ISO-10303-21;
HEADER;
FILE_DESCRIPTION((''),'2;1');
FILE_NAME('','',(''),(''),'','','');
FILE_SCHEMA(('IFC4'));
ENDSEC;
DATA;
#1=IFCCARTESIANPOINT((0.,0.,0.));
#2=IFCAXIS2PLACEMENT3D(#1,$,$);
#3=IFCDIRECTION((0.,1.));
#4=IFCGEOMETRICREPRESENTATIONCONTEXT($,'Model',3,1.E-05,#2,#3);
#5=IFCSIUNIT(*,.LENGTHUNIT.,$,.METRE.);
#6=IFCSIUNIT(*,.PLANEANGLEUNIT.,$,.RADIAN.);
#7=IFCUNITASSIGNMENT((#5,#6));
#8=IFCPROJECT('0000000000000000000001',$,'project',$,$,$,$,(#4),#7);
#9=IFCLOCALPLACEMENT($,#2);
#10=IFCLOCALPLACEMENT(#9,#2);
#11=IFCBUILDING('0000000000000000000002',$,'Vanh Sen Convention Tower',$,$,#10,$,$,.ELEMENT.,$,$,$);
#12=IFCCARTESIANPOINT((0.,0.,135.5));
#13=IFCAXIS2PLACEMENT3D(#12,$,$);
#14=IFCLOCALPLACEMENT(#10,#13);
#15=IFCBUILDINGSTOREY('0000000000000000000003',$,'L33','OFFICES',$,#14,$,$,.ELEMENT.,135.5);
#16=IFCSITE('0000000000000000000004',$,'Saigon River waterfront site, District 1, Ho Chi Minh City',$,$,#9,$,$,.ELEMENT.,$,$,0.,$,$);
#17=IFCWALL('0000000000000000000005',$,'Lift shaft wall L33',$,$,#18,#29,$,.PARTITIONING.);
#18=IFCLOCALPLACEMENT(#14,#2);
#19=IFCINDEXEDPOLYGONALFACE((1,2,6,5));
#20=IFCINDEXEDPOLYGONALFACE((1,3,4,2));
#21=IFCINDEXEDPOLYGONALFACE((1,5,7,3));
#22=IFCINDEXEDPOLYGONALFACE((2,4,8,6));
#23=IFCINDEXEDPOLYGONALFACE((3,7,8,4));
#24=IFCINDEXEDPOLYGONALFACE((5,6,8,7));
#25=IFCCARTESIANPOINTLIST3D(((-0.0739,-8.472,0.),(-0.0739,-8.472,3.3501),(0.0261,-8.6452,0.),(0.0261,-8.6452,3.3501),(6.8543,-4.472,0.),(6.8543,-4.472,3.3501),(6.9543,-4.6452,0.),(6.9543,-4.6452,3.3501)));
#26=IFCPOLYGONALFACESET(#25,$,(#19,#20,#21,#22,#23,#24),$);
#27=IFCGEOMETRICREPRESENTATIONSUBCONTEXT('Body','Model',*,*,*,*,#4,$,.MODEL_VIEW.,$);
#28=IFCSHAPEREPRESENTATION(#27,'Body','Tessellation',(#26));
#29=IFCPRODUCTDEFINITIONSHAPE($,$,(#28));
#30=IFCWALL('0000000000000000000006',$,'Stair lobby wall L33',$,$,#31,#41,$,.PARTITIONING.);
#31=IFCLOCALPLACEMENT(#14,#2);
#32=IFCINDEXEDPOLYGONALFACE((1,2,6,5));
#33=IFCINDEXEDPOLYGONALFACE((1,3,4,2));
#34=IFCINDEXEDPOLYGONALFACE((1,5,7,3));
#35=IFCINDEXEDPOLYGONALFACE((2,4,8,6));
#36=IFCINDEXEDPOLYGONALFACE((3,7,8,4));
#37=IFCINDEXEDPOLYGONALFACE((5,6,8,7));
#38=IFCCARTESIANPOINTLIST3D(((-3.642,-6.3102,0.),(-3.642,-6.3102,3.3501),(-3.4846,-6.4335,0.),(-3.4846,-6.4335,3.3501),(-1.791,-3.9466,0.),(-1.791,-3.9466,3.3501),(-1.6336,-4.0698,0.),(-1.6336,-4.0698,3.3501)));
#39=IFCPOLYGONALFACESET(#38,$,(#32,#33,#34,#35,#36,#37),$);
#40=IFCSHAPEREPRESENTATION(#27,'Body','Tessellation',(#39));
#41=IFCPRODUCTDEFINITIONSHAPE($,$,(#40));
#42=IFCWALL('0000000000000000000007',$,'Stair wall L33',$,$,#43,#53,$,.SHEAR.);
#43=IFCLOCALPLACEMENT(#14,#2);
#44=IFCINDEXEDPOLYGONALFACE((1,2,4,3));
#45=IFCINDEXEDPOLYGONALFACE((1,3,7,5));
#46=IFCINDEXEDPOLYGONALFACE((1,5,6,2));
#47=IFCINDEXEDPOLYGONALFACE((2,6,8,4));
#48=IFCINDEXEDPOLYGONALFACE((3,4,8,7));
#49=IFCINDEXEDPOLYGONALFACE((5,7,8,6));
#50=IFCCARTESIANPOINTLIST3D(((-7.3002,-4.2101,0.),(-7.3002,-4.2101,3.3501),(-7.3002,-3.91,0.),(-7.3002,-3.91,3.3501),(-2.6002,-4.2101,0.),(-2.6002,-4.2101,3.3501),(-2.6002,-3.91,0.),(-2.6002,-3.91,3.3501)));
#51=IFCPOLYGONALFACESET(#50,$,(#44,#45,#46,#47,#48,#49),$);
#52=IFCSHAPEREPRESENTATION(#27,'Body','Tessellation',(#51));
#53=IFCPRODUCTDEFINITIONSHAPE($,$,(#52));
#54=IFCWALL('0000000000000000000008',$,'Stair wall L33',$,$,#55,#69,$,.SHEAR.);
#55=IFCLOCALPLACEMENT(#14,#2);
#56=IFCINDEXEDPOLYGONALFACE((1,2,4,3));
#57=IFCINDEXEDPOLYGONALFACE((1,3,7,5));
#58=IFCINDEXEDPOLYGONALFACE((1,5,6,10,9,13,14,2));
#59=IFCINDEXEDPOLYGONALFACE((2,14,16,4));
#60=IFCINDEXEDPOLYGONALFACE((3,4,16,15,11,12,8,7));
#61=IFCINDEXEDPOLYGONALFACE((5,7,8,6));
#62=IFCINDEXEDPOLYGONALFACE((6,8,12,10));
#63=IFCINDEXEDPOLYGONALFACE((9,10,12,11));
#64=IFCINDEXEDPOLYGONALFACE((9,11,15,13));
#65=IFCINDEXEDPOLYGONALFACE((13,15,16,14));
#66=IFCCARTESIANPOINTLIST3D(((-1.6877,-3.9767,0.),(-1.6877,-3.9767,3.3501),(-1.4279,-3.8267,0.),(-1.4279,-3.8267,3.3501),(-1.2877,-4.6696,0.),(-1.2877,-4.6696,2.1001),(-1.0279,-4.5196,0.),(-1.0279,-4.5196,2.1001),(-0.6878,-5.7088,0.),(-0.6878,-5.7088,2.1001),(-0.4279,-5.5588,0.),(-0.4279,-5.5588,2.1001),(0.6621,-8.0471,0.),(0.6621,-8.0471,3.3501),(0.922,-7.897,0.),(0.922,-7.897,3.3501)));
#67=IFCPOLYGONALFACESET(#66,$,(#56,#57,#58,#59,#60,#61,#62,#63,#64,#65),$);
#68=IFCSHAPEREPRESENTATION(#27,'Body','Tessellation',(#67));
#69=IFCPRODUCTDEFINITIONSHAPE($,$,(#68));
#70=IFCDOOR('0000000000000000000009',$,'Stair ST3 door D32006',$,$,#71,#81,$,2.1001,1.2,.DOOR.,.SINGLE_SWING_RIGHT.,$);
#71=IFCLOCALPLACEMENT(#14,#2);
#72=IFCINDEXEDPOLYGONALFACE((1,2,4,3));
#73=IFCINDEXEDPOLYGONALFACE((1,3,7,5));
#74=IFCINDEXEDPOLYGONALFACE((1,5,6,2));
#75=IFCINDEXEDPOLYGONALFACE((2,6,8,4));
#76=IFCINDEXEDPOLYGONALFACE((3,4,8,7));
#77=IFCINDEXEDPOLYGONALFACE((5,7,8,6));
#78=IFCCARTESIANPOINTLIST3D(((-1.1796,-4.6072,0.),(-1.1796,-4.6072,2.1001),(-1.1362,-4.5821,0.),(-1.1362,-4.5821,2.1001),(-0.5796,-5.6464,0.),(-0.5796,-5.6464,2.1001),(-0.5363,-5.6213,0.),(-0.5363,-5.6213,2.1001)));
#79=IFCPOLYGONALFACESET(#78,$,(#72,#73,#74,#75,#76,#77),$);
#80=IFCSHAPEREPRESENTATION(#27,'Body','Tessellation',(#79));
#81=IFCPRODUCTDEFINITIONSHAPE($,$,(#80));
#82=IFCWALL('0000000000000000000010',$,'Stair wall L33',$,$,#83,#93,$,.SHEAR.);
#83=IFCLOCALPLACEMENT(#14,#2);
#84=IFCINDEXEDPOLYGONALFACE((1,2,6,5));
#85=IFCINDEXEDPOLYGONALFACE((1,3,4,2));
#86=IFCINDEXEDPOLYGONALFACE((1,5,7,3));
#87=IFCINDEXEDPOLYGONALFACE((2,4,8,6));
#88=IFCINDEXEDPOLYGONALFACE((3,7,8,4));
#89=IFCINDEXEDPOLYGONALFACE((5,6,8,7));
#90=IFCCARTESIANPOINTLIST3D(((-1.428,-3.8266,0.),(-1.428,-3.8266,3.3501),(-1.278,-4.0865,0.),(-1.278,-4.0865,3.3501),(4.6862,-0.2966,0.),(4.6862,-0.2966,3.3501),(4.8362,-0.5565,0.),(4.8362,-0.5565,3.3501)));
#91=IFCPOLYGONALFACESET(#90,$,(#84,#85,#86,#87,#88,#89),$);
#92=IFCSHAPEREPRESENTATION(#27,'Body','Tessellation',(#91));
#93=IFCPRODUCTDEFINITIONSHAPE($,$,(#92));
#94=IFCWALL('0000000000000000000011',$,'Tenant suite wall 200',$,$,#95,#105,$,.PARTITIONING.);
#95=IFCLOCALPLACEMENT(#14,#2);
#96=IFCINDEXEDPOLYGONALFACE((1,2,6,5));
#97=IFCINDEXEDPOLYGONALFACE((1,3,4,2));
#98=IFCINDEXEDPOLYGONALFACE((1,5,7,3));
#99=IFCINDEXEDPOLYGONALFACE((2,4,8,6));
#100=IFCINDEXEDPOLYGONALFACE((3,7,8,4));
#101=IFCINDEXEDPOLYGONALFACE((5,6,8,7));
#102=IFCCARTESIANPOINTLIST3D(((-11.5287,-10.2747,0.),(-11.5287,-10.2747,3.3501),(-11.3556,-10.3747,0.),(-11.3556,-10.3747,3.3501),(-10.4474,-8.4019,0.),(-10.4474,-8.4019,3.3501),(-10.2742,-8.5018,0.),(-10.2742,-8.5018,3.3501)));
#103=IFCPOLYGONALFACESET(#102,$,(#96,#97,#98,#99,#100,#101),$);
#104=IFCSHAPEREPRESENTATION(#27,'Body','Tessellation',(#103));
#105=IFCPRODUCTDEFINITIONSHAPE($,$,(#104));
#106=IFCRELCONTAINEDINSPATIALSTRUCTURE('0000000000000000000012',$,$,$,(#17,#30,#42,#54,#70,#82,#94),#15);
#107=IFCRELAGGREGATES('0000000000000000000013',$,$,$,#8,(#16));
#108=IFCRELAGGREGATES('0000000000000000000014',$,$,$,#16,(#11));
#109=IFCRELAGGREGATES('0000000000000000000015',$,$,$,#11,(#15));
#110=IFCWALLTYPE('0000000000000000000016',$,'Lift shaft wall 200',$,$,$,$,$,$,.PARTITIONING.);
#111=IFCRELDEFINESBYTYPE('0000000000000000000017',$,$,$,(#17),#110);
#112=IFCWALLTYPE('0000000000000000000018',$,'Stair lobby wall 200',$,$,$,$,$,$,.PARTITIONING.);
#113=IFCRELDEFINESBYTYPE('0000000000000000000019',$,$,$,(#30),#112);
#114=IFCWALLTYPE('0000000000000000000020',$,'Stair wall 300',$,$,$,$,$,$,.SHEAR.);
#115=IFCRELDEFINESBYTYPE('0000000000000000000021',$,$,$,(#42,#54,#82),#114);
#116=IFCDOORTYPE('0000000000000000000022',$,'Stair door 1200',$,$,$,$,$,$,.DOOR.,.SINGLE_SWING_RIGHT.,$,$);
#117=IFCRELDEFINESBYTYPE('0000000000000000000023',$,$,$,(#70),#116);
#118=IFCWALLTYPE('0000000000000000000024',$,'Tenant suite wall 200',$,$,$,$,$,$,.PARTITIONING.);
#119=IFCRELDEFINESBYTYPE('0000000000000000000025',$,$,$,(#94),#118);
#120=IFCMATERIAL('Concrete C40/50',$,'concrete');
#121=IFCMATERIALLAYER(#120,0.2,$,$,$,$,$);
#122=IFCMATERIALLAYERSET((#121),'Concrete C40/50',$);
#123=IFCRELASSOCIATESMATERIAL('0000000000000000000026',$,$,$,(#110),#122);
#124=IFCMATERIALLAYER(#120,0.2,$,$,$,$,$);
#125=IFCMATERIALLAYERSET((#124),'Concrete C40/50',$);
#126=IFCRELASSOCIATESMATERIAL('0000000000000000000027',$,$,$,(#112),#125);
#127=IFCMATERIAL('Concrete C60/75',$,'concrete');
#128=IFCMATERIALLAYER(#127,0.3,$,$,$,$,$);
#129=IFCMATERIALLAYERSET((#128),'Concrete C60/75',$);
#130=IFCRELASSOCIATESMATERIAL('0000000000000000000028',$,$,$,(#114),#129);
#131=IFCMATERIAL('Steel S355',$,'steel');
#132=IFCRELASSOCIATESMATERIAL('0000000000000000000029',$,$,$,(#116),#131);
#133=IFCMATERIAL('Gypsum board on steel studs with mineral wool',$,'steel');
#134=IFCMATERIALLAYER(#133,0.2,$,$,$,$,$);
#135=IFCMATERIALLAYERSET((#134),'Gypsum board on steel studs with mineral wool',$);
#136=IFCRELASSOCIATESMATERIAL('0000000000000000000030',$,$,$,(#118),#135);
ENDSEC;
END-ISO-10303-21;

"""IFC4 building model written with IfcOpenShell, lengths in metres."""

from ifc_helpers import new_model, si_unit, direction, frame, frame_2d, origin, place, context, subcontext, project, spatial, rectangle, extrude, material, layer, layer_set, type_object, element, fill, save


model = new_model("IFC4")

# Units and contexts
model_context = context("Model", 3, precision=1e-05, world=origin(), true_north=direction((0.0, 1.0)))
body_context = subcontext(model_context, "Body", "Model", "MODEL_VIEW")
ifc_project = project(units=[si_unit("LENGTHUNIT", "METRE"), si_unit("PLANEANGLEUNIT", "RADIAN")], contexts=[model_context])

# Site, building, storey
site_placement = place(None, origin())
site = spatial("IfcSite", under=ifc_project, at=site_placement, Name="Saigon River waterfront site, District 1, Ho Chi Minh City", CompositionType="ELEMENT", RefElevation=0.0)
building_placement = place(site_placement, origin())
building = spatial("IfcBuilding", under=site, at=building_placement, Name="Vanh Sen Convention Tower", CompositionType="ELEMENT")
storey_placement = place(building_placement, frame((0.0, 0.0, 135.5)))
storey = spatial("IfcBuildingStorey", under=building, at=storey_placement, Name="L33", Description="OFFICES", CompositionType="ELEMENT", Elevation=135.5)

# Shared definitions
ifc_material_1 = material(Name="Concrete C40/50", Category="concrete")

# Shared definitions
ifc_material_2 = material(Name="Steel S355", Category="steel")
ifc_material_3 = material(Name="Gypsum board on steel studs with mineral wool", Category="steel")

# Walls
ifc_layer_1 = layer(ifc_material_1, 0.2)
ifc_layer_set_1 = layer_set([ifc_layer_1], Name="Concrete C40/50")
wall_type_1 = type_object("IfcWallType", Name="Lift shaft wall 200", PredefinedType="PARTITIONING", material=ifc_layer_set_1)
wall_1_placement = place(storey_placement, frame((-0.0239, -8.5586, 0.0), z_axis=(0.0, 0.0, 1.0), x_axis=(0.866026, 0.499999, 0.0)))
element("IfcWall", 1, at=wall_1_placement, inside=storey, type_object=wall_type_1, Name="Lift shaft wall L33", PredefinedType="PARTITIONING", context=body_context, shape_type="SweptSolid", body=[
    extrude(rectangle(XDim=8.0, YDim=0.2, at=frame_2d((4.0, 0.0))), origin(), (0.0, 0.0, 1.0), 3.3501),
])
ifc_layer_2 = layer(ifc_material_1, 0.2)
ifc_layer_set_2 = layer_set([ifc_layer_2], Name="Concrete C40/50")
wall_type_2 = type_object("IfcWallType", Name="Stair lobby wall 200", PredefinedType="PARTITIONING", material=ifc_layer_set_2)
wall_2_placement = place(storey_placement, frame((-1.7124, -4.0083, 0.0), z_axis=(0.0, 0.0, 1.0), x_axis=(-0.616549, -0.787316, 0.0)))
element("IfcWall", 2, at=wall_2_placement, inside=storey, type_object=wall_type_2, Name="Stair lobby wall L33", PredefinedType="PARTITIONING", context=body_context, shape_type="SweptSolid", body=[
    extrude(rectangle(XDim=3.0022, YDim=0.2, at=frame_2d((1.501, 0.0))), origin(), (0.0, 0.0, 1.0), 3.3501),
])
ifc_material_4 = material(Name="Concrete C60/75", Category="concrete")
ifc_layer_3 = layer(ifc_material_4, 0.3)
ifc_layer_set_3 = layer_set([ifc_layer_3], Name="Concrete C60/75")
wall_type_3 = type_object("IfcWallType", Name="Stair wall 300", PredefinedType="SHEAR", material=ifc_layer_set_3)
wall_3_placement = place(storey_placement, frame((-2.6001, -4.0601, 0.0), z_axis=(0.0, 0.0, 1.0), x_axis=(-1.0, 0.0, 0.0)))
element("IfcWall", 3, at=wall_3_placement, inside=storey, type_object=wall_type_3, Name="Stair wall L33", PredefinedType="SHEAR", context=body_context, shape_type="SweptSolid", body=[
    extrude(rectangle(XDim=4.7, YDim=0.3, at=frame_2d((2.3501, 0.0))), origin(), (0.0, 0.0, 1.0), 3.3501),
])

# Wall, opening, door
wall_4_placement = place(storey_placement, frame((-1.5579, -3.9016, 0.0), z_axis=(0.0, 0.0, 1.0), x_axis=(0.499977, -0.866039, 0.0)))
wall_4 = element("IfcWall", 4, at=wall_4_placement, inside=storey, type_object=wall_type_3, Name="Stair wall L33", PredefinedType="SHEAR", context=body_context, shape_type="SweptSolid", body=[
    extrude(rectangle(XDim=4.7, YDim=0.3, at=frame_2d((2.3501, 0.0))), origin(), (0.0, 0.0, 1.0), 3.3501),
])
opening_1_placement = place(wall_4_placement, frame((0.8, 0.0, 0.0)))
opening_1 = element("IfcOpeningElement", 5, at=opening_1_placement, cuts=wall_4, PredefinedType="OPENING", context=body_context, shape_type="SweptSolid", body=[
    extrude(rectangle(XDim=1.2, YDim=2.1001, at=frame_2d((0.6001, 1.05))), frame((0.0, 0.1599, 0.0), z_axis=(0.0, -1.0, 0.0), x_axis=(1.0, 0.0, 0.0)), (0.0, 0.0, 1.0), 0.3201),
])
door_type_1 = type_object("IfcDoorType", Name="Stair door 1200", OperationType="SINGLE_SWING_RIGHT", PredefinedType="DOOR", material=ifc_material_2)
door_1_placement = place(opening_1_placement, origin())
door_1 = element("IfcDoor", 6, at=door_1_placement, inside=storey, type_object=door_type_1, Name="Stair ST3 door D32006", OperationType="SINGLE_SWING_RIGHT", OverallHeight=2.1001, OverallWidth=1.2, PredefinedType="DOOR", context=body_context, shape_type="SweptSolid", body=[
    extrude(rectangle(XDim=1.2, YDim=2.1001, at=frame_2d((0.6001, 1.05))), frame((0.0, 0.0249, 0.0), z_axis=(0.0, -1.0, 0.0), x_axis=(1.0, 0.0, 0.0)), (0.0, 0.0, 1.0), 0.05),
])
fill(opening_1, door_1)

# Walls
wall_5_placement = place(storey_placement, frame((-1.353, -3.9565, 0.0), z_axis=(0.0, 0.0, 1.0), x_axis=(0.866028, 0.499996, 0.0)))
element("IfcWall", 7, at=wall_5_placement, inside=storey, type_object=wall_type_3, Name="Stair wall L33", PredefinedType="SHEAR", context=body_context, shape_type="SweptSolid", body=[
    extrude(rectangle(XDim=7.0601, YDim=0.3, at=frame_2d((3.53, 0.0))), origin(), (0.0, 0.0, 1.0), 3.3501),
])
ifc_layer_4 = layer(ifc_material_3, 0.2)
ifc_layer_set_4 = layer_set([ifc_layer_4], Name="Gypsum board on steel studs with mineral wool")
wall_type_4 = type_object("IfcWallType", Name="Tenant suite wall 200", PredefinedType="PARTITIONING", material=ifc_layer_set_4)
wall_6_placement = place(storey_placement, frame((-11.4421, -10.3247, 0.0), z_axis=(0.0, 0.0, 1.0), x_axis=(0.500012, 0.866018, 0.0)))
element("IfcWall", 8, at=wall_6_placement, inside=storey, type_object=wall_type_4, Name="Tenant suite wall 200", PredefinedType="PARTITIONING", context=body_context, shape_type="SweptSolid", body=[
    extrude(rectangle(XDim=2.1626, YDim=0.2, at=frame_2d((1.0813, 0.0))), origin(), (0.0, 0.0, 1.0), 3.3501),
])

save(model, "model.ifc")
